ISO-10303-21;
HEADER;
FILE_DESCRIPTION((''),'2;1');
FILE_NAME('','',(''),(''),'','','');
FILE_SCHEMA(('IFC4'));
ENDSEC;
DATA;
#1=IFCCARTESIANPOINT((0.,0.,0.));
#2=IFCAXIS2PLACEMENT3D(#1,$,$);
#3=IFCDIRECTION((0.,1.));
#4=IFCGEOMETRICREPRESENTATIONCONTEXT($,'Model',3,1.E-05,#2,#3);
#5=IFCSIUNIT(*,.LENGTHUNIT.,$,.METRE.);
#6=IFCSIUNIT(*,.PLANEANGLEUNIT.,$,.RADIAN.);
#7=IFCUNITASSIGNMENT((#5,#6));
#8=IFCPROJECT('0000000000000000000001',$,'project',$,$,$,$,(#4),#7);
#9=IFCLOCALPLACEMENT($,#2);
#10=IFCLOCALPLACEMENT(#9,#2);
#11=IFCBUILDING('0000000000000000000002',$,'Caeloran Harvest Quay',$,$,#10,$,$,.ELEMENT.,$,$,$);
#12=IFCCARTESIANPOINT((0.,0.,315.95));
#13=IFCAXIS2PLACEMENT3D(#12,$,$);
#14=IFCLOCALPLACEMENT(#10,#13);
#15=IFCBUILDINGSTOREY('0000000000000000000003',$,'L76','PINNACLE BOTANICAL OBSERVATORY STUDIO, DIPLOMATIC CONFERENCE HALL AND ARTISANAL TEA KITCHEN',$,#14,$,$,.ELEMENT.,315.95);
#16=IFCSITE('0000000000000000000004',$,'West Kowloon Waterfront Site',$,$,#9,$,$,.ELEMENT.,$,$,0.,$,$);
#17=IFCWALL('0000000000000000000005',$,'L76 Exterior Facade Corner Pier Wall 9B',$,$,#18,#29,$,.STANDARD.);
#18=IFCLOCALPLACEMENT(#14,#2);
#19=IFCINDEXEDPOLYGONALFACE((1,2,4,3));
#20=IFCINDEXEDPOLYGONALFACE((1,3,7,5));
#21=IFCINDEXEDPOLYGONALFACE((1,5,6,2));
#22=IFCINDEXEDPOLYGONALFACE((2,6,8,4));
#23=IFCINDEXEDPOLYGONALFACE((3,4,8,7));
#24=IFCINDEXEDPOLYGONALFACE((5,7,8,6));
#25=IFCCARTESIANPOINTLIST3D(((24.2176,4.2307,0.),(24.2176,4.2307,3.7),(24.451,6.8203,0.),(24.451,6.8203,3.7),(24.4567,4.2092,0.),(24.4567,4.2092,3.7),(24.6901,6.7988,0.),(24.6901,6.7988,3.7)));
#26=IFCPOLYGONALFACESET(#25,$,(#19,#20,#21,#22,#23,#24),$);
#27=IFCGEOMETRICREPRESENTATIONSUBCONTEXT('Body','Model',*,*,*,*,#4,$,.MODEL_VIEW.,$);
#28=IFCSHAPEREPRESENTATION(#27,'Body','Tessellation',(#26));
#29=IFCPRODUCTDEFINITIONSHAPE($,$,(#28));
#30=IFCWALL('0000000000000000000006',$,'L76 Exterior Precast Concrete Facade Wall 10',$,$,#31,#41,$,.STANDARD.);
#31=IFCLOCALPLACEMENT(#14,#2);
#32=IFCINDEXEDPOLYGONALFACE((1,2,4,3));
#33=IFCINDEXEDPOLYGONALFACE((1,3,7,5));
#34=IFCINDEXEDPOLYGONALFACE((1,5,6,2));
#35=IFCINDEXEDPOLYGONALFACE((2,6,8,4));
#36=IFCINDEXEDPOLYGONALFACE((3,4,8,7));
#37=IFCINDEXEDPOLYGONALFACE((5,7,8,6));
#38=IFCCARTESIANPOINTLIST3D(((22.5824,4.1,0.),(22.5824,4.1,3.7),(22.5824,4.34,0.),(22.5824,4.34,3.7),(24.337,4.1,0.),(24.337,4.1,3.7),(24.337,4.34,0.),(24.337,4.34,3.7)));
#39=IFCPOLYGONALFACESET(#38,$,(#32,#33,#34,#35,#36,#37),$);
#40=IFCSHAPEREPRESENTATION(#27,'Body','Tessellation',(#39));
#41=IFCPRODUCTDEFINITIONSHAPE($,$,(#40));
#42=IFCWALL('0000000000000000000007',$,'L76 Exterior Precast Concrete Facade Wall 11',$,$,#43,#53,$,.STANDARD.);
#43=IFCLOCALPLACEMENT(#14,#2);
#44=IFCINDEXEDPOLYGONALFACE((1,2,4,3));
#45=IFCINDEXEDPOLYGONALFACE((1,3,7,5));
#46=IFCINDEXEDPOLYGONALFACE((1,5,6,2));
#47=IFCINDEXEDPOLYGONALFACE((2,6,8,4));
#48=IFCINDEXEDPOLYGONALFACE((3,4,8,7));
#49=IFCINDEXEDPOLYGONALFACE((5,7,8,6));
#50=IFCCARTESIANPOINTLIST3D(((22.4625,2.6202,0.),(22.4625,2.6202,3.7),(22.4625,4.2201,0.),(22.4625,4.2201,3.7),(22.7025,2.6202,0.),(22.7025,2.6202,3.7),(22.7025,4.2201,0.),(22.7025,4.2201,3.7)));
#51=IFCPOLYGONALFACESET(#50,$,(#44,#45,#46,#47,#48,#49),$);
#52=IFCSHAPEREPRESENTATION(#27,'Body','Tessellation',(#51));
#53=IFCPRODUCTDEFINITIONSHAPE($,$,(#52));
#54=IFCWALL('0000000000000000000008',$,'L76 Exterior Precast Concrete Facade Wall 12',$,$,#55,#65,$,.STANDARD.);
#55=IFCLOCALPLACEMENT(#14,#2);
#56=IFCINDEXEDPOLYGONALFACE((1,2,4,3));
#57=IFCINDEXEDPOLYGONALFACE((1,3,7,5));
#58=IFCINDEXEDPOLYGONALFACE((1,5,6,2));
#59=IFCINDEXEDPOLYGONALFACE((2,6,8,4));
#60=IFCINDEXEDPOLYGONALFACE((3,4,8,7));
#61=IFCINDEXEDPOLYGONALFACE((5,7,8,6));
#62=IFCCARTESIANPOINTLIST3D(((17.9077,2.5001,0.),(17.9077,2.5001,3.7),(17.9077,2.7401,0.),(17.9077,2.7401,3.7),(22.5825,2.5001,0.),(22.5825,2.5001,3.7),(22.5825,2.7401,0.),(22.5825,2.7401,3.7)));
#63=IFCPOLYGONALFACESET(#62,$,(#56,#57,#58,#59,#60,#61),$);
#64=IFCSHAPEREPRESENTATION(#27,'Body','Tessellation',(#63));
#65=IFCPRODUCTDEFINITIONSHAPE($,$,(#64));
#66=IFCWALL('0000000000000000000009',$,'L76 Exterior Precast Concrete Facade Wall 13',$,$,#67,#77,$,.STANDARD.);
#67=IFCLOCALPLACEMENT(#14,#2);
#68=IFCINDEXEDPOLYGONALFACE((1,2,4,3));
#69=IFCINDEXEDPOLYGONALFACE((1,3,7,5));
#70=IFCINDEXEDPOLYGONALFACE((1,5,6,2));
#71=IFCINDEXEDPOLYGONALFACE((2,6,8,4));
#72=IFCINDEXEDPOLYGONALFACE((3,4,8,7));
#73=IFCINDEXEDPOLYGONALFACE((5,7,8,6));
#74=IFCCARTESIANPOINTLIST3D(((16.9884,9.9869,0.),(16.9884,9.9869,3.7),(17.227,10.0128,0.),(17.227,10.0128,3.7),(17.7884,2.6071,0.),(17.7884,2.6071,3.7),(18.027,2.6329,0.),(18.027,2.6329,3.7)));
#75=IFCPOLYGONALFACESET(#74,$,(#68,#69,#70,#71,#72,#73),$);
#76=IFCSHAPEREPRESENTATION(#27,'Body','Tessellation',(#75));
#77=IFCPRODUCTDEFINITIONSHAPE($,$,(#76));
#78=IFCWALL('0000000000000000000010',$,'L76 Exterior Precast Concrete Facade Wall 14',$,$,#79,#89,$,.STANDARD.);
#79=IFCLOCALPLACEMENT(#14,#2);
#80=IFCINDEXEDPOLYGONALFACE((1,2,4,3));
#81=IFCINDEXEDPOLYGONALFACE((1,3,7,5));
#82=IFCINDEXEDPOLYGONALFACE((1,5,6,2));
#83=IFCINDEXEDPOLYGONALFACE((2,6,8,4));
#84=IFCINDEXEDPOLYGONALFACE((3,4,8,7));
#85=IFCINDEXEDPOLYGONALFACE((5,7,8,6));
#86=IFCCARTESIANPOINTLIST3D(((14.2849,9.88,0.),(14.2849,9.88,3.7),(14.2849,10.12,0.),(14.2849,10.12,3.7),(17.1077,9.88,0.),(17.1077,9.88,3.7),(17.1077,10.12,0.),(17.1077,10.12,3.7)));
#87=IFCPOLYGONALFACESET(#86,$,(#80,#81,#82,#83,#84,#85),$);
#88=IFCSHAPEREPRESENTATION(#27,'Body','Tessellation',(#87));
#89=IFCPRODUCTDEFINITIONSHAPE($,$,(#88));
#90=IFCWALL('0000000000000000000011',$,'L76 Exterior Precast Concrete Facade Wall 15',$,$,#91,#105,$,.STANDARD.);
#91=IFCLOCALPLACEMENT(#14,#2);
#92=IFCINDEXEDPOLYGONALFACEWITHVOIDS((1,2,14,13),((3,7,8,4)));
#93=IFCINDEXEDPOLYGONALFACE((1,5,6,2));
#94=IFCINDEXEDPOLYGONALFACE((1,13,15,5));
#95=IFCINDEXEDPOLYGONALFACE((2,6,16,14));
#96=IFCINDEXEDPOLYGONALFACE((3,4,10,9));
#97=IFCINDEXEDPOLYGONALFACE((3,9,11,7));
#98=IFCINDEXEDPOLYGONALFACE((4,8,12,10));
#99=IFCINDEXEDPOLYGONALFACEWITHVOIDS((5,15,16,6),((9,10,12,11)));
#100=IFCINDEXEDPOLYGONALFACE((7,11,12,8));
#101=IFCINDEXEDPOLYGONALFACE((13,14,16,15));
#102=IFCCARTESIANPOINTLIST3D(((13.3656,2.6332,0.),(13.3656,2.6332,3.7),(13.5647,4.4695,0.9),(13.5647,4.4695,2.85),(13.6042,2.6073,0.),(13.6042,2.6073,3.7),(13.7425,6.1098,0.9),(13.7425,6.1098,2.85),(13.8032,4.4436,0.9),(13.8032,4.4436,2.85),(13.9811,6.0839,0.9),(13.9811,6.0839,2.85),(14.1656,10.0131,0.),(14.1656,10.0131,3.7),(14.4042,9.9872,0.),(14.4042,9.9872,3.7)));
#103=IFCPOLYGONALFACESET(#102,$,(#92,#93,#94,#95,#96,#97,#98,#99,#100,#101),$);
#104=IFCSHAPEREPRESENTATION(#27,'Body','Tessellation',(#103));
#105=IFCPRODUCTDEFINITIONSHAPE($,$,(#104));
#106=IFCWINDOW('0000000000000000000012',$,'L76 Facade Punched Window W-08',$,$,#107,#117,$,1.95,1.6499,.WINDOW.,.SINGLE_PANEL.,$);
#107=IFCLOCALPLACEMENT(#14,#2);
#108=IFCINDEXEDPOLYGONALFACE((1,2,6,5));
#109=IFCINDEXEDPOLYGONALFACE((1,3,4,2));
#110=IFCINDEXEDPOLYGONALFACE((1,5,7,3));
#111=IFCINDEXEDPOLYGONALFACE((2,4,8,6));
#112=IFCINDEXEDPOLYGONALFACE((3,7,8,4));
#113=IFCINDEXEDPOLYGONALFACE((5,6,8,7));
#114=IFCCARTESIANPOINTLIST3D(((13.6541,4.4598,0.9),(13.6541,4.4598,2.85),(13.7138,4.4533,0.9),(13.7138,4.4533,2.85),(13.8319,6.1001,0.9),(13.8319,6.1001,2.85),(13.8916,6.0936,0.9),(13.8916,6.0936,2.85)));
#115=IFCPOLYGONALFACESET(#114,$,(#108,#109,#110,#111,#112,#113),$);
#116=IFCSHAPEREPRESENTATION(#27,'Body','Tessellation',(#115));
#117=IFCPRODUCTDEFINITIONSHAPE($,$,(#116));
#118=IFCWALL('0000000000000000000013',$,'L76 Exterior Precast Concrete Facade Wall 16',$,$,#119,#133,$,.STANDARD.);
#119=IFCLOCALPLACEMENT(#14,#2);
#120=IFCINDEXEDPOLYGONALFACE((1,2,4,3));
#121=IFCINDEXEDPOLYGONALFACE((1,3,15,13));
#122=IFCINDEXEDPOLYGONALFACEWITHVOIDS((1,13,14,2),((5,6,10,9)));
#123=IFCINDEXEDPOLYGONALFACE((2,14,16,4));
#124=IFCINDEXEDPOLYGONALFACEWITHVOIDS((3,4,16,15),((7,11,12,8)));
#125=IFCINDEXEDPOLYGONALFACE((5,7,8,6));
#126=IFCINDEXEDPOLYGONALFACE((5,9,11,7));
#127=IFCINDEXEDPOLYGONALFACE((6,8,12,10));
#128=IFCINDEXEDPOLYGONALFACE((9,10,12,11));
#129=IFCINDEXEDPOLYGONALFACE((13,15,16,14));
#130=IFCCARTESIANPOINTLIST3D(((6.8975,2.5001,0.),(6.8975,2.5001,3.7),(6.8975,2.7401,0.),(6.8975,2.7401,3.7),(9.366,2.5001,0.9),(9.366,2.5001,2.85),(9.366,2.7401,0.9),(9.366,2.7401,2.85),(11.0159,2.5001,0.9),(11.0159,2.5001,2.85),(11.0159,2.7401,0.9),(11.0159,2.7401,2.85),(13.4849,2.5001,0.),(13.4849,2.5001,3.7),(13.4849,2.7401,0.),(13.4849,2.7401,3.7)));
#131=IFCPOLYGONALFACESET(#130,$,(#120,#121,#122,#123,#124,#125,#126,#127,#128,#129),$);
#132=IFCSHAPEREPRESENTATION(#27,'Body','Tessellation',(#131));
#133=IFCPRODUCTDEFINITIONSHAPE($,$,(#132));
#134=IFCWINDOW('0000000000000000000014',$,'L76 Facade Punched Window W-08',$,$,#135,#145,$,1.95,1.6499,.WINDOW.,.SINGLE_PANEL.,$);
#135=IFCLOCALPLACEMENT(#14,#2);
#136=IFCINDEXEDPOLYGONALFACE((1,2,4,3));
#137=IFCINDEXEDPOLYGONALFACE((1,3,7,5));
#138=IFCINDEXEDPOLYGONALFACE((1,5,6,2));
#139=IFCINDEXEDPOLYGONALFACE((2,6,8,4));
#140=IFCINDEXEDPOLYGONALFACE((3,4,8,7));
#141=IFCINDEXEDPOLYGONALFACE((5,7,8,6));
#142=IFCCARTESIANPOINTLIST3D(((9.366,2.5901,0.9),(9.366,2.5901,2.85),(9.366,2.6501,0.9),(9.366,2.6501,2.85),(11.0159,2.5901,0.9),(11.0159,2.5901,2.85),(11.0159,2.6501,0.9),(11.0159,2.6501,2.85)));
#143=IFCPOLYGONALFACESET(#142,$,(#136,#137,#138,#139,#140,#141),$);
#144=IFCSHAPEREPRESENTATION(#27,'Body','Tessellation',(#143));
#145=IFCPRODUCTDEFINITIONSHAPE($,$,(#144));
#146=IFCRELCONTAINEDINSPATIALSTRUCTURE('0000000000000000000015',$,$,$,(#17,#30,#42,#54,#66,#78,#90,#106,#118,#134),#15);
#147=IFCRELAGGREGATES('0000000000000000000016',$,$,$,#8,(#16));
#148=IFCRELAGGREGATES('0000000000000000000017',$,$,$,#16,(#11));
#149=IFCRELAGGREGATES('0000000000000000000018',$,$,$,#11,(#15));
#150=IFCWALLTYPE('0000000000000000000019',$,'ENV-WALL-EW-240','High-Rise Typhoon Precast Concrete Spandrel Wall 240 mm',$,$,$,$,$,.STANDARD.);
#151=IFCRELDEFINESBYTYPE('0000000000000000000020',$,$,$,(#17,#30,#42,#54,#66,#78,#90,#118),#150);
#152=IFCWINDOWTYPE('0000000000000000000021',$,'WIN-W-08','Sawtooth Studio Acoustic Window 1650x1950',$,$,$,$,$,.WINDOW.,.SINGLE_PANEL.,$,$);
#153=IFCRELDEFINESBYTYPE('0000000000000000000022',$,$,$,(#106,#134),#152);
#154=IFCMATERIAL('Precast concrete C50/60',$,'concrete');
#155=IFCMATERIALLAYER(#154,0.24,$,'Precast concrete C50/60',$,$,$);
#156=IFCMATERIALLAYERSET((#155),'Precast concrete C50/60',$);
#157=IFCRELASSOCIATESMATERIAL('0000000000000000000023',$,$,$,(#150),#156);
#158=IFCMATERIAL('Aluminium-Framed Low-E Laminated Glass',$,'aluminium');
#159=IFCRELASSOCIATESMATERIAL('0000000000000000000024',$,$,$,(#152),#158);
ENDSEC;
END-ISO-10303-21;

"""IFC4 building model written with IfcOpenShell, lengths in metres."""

from ifc_helpers import new_model, si_unit, direction, frame, frame_2d, origin, place, context, subcontext, project, spatial, rectangle, extrude, material, layer, layer_set, type_object, element, fill, save


model = new_model("IFC4")

# Units and contexts
model_context = context("Model", 3, precision=1e-05, world=origin(), true_north=direction((0.0, 1.0)))
body_context = subcontext(model_context, "Body", "Model", "MODEL_VIEW")
ifc_project = project(units=[si_unit("LENGTHUNIT", "METRE"), si_unit("PLANEANGLEUNIT", "RADIAN")], contexts=[model_context])

# Site, building, storey
site_placement = place(None, origin())
site = spatial("IfcSite", under=ifc_project, at=site_placement, Name="West Kowloon Waterfront Site", CompositionType="ELEMENT", RefElevation=0.0)
building_placement = place(site_placement, origin())
building = spatial("IfcBuilding", under=site, at=building_placement, Name="Caeloran Harvest Quay", CompositionType="ELEMENT")
storey_placement = place(building_placement, frame((0.0, 0.0, 315.95)))
storey = spatial("IfcBuildingStorey", under=building, at=storey_placement, Name="L76", Description="PINNACLE BOTANICAL OBSERVATORY STUDIO, DIPLOMATIC CONFERENCE HALL AND ARTISANAL TEA KITCHEN", CompositionType="ELEMENT", Elevation=315.95)

# Walls
ifc_material_1 = material(Name="Precast concrete C50/60", Category="concrete")
ifc_layer_1 = layer(ifc_material_1, 0.24, Name="Precast concrete C50/60")
ifc_layer_set_1 = layer_set([ifc_layer_1], Name="Precast concrete C50/60")
wall_type = type_object("IfcWallType", Name="ENV-WALL-EW-240", Description="High-Rise Typhoon Precast Concrete Spandrel Wall 240 mm", PredefinedType="STANDARD", material=ifc_layer_set_1)
wall_1_placement = place(storey_placement, frame((24.5706, 6.8096, 0.0), z_axis=(0.0, 0.0, 1.0), x_axis=(-0.089765, -0.995963, 0.0)))
element("IfcWall", 1, at=wall_1_placement, inside=storey, type_object=wall_type, Name="L76 Exterior Facade Corner Pier Wall 9B", PredefinedType="STANDARD", context=body_context, shape_type="SweptSolid", body=[
    extrude(rectangle(XDim=2.6001, YDim=0.24, at=frame_2d((1.3, 0.0))), origin(), (0.0, 0.0, 1.0), 3.7),
])
wall_2_placement = place(storey_placement, frame((24.3372, 4.22, 0.0), z_axis=(0.0, 0.0, 1.0), x_axis=(-1.0, 0.0, 0.0)))
element("IfcWall", 2, at=wall_2_placement, inside=storey, type_object=wall_type, Name="L76 Exterior Precast Concrete Facade Wall 10", PredefinedType="STANDARD", context=body_context, shape_type="SweptSolid", body=[
    extrude(rectangle(XDim=1.7546, YDim=0.24, at=frame_2d((0.8774, 0.0))), origin(), (0.0, 0.0, 1.0), 3.7),
])
wall_3_placement = place(storey_placement, frame((22.5825, 4.22, 0.0), z_axis=(0.0, 0.0, 1.0), x_axis=(0.0, -1.0, 0.0)))
element("IfcWall", 3, at=wall_3_placement, inside=storey, type_object=wall_type, Name="L76 Exterior Precast Concrete Facade Wall 11", PredefinedType="STANDARD", context=body_context, shape_type="SweptSolid", body=[
    extrude(rectangle(XDim=1.5999, YDim=0.24, at=frame_2d((0.7998, 0.0))), origin(), (0.0, 0.0, 1.0), 3.7),
])
wall_4_placement = place(storey_placement, frame((22.5825, 2.6201, 0.0), z_axis=(0.0, 0.0, 1.0), x_axis=(-1.0, 0.0, 0.0)))
element("IfcWall", 4, at=wall_4_placement, inside=storey, type_object=wall_type, Name="L76 Exterior Precast Concrete Facade Wall 12", PredefinedType="STANDARD", context=body_context, shape_type="SweptSolid", body=[
    extrude(rectangle(XDim=4.6748, YDim=0.24, at=frame_2d((2.3374, 0.0))), origin(), (0.0, 0.0, 1.0), 3.7),
])
wall_5_placement = place(storey_placement, frame((17.9077, 2.6201, 0.0), z_axis=(0.0, 0.0, 1.0), x_axis=(-0.107778, 0.994175, 0.0)))
element("IfcWall", 5, at=wall_5_placement, inside=storey, type_object=wall_type, Name="L76 Exterior Precast Concrete Facade Wall 13", PredefinedType="STANDARD", context=body_context, shape_type="SweptSolid", body=[
    extrude(rectangle(XDim=7.4231, YDim=0.24, at=frame_2d((3.7114, 0.0))), origin(), (0.0, 0.0, 1.0), 3.7),
])
wall_6_placement = place(storey_placement, frame((17.1077, 10.0, 0.0), z_axis=(0.0, 0.0, 1.0), x_axis=(-1.0, 0.0, 0.0)))
element("IfcWall", 6, at=wall_6_placement, inside=storey, type_object=wall_type, Name="L76 Exterior Precast Concrete Facade Wall 14", PredefinedType="STANDARD", context=body_context, shape_type="SweptSolid", body=[
    extrude(rectangle(XDim=2.8228, YDim=0.24, at=frame_2d((1.4114, 0.0))), origin(), (0.0, 0.0, 1.0), 3.7),
])

# Walls, openings, windows
wall_7_placement = place(storey_placement, frame((14.2849, 10.0, 0.0), z_axis=(0.0, 0.0, 1.0), x_axis=(-0.107778, -0.994175, 0.0)))
wall_7 = element("IfcWall", 7, at=wall_7_placement, inside=storey, type_object=wall_type, Name="L76 Exterior Precast Concrete Facade Wall 15", PredefinedType="STANDARD", context=body_context, shape_type="SweptSolid", body=[
    extrude(rectangle(XDim=7.4231, YDim=0.24, at=frame_2d((3.7114, 0.0))), origin(), (0.0, 0.0, 1.0), 3.7),
])
opening_1_placement = place(wall_7_placement, frame((3.926, 0.0, 0.8999)))
opening_1 = element("IfcOpeningElement", 8, at=opening_1_placement, cuts=wall_7, PredefinedType="OPENING", context=body_context, shape_type="SweptSolid", body=[
    extrude(rectangle(XDim=1.6499, YDim=1.95, at=frame_2d((0.825, 0.9751))), frame((0.0, 0.1299, 0.0), z_axis=(0.0, -1.0, 0.0), x_axis=(1.0, 0.0, 0.0)), (0.0, 0.0, 1.0), 0.26),
])
ifc_material_2 = material(Name="Aluminium-Framed Low-E Laminated Glass", Category="aluminium")
window_type = type_object("IfcWindowType", Name="WIN-W-08", Description="Sawtooth Studio Acoustic Window 1650x1950", PartitioningType="SINGLE_PANEL", PredefinedType="WINDOW", material=ifc_material_2)
window_1_placement = place(opening_1_placement, origin())
window_1 = element("IfcWindow", 9, at=window_1_placement, inside=storey, type_object=window_type, Name="L76 Facade Punched Window W-08", OverallHeight=1.95, OverallWidth=1.6499, PartitioningType="SINGLE_PANEL", PredefinedType="WINDOW", context=body_context, shape_type="SweptSolid", body=[
    extrude(rectangle(XDim=1.6499, YDim=1.95, at=frame_2d((0.825, 0.9751))), frame((0.0, 0.03, 0.0), z_axis=(0.0, -1.0, 0.0), x_axis=(1.0, 0.0, 0.0)), (0.0, 0.0, 1.0), 0.0601),
])
fill(opening_1, window_1)
wall_8_placement = place(storey_placement, frame((13.4849, 2.6201, 0.0), z_axis=(0.0, 0.0, 1.0), x_axis=(-1.0, 0.0, 0.0)))
wall_8 = element("IfcWall", 10, at=wall_8_placement, inside=storey, type_object=wall_type, Name="L76 Exterior Precast Concrete Facade Wall 16", PredefinedType="STANDARD", context=body_context, shape_type="SweptSolid", body=[
    extrude(rectangle(XDim=6.5874, YDim=0.24, at=frame_2d((3.2937, 0.0))), origin(), (0.0, 0.0, 1.0), 3.7),
])
opening_2_placement = place(wall_8_placement, frame((2.469, 0.0, 0.8999)))
opening_2 = element("IfcOpeningElement", 11, at=opening_2_placement, cuts=wall_8, PredefinedType="OPENING", context=body_context, shape_type="SweptSolid", body=[
    extrude(rectangle(XDim=1.6499, YDim=1.95, at=frame_2d((0.825, 0.9751))), frame((0.0, 0.1299, 0.0), z_axis=(0.0, -1.0, 0.0), x_axis=(1.0, 0.0, 0.0)), (0.0, 0.0, 1.0), 0.26),
])
window_2_placement = place(opening_2_placement, origin())
window_2 = element("IfcWindow", 12, at=window_2_placement, inside=storey, type_object=window_type, Name="L76 Facade Punched Window W-08", OverallHeight=1.95, OverallWidth=1.6499, PartitioningType="SINGLE_PANEL", PredefinedType="WINDOW", context=body_context, shape_type="SweptSolid", body=[
    extrude(rectangle(XDim=1.6499, YDim=1.95, at=frame_2d((0.825, 0.9751))), frame((0.0, 0.03, 0.0), z_axis=(0.0, -1.0, 0.0), x_axis=(1.0, 0.0, 0.0)), (0.0, 0.0, 1.0), 0.0601),
])
fill(opening_2, window_2)

save(model, "model.ifc")
